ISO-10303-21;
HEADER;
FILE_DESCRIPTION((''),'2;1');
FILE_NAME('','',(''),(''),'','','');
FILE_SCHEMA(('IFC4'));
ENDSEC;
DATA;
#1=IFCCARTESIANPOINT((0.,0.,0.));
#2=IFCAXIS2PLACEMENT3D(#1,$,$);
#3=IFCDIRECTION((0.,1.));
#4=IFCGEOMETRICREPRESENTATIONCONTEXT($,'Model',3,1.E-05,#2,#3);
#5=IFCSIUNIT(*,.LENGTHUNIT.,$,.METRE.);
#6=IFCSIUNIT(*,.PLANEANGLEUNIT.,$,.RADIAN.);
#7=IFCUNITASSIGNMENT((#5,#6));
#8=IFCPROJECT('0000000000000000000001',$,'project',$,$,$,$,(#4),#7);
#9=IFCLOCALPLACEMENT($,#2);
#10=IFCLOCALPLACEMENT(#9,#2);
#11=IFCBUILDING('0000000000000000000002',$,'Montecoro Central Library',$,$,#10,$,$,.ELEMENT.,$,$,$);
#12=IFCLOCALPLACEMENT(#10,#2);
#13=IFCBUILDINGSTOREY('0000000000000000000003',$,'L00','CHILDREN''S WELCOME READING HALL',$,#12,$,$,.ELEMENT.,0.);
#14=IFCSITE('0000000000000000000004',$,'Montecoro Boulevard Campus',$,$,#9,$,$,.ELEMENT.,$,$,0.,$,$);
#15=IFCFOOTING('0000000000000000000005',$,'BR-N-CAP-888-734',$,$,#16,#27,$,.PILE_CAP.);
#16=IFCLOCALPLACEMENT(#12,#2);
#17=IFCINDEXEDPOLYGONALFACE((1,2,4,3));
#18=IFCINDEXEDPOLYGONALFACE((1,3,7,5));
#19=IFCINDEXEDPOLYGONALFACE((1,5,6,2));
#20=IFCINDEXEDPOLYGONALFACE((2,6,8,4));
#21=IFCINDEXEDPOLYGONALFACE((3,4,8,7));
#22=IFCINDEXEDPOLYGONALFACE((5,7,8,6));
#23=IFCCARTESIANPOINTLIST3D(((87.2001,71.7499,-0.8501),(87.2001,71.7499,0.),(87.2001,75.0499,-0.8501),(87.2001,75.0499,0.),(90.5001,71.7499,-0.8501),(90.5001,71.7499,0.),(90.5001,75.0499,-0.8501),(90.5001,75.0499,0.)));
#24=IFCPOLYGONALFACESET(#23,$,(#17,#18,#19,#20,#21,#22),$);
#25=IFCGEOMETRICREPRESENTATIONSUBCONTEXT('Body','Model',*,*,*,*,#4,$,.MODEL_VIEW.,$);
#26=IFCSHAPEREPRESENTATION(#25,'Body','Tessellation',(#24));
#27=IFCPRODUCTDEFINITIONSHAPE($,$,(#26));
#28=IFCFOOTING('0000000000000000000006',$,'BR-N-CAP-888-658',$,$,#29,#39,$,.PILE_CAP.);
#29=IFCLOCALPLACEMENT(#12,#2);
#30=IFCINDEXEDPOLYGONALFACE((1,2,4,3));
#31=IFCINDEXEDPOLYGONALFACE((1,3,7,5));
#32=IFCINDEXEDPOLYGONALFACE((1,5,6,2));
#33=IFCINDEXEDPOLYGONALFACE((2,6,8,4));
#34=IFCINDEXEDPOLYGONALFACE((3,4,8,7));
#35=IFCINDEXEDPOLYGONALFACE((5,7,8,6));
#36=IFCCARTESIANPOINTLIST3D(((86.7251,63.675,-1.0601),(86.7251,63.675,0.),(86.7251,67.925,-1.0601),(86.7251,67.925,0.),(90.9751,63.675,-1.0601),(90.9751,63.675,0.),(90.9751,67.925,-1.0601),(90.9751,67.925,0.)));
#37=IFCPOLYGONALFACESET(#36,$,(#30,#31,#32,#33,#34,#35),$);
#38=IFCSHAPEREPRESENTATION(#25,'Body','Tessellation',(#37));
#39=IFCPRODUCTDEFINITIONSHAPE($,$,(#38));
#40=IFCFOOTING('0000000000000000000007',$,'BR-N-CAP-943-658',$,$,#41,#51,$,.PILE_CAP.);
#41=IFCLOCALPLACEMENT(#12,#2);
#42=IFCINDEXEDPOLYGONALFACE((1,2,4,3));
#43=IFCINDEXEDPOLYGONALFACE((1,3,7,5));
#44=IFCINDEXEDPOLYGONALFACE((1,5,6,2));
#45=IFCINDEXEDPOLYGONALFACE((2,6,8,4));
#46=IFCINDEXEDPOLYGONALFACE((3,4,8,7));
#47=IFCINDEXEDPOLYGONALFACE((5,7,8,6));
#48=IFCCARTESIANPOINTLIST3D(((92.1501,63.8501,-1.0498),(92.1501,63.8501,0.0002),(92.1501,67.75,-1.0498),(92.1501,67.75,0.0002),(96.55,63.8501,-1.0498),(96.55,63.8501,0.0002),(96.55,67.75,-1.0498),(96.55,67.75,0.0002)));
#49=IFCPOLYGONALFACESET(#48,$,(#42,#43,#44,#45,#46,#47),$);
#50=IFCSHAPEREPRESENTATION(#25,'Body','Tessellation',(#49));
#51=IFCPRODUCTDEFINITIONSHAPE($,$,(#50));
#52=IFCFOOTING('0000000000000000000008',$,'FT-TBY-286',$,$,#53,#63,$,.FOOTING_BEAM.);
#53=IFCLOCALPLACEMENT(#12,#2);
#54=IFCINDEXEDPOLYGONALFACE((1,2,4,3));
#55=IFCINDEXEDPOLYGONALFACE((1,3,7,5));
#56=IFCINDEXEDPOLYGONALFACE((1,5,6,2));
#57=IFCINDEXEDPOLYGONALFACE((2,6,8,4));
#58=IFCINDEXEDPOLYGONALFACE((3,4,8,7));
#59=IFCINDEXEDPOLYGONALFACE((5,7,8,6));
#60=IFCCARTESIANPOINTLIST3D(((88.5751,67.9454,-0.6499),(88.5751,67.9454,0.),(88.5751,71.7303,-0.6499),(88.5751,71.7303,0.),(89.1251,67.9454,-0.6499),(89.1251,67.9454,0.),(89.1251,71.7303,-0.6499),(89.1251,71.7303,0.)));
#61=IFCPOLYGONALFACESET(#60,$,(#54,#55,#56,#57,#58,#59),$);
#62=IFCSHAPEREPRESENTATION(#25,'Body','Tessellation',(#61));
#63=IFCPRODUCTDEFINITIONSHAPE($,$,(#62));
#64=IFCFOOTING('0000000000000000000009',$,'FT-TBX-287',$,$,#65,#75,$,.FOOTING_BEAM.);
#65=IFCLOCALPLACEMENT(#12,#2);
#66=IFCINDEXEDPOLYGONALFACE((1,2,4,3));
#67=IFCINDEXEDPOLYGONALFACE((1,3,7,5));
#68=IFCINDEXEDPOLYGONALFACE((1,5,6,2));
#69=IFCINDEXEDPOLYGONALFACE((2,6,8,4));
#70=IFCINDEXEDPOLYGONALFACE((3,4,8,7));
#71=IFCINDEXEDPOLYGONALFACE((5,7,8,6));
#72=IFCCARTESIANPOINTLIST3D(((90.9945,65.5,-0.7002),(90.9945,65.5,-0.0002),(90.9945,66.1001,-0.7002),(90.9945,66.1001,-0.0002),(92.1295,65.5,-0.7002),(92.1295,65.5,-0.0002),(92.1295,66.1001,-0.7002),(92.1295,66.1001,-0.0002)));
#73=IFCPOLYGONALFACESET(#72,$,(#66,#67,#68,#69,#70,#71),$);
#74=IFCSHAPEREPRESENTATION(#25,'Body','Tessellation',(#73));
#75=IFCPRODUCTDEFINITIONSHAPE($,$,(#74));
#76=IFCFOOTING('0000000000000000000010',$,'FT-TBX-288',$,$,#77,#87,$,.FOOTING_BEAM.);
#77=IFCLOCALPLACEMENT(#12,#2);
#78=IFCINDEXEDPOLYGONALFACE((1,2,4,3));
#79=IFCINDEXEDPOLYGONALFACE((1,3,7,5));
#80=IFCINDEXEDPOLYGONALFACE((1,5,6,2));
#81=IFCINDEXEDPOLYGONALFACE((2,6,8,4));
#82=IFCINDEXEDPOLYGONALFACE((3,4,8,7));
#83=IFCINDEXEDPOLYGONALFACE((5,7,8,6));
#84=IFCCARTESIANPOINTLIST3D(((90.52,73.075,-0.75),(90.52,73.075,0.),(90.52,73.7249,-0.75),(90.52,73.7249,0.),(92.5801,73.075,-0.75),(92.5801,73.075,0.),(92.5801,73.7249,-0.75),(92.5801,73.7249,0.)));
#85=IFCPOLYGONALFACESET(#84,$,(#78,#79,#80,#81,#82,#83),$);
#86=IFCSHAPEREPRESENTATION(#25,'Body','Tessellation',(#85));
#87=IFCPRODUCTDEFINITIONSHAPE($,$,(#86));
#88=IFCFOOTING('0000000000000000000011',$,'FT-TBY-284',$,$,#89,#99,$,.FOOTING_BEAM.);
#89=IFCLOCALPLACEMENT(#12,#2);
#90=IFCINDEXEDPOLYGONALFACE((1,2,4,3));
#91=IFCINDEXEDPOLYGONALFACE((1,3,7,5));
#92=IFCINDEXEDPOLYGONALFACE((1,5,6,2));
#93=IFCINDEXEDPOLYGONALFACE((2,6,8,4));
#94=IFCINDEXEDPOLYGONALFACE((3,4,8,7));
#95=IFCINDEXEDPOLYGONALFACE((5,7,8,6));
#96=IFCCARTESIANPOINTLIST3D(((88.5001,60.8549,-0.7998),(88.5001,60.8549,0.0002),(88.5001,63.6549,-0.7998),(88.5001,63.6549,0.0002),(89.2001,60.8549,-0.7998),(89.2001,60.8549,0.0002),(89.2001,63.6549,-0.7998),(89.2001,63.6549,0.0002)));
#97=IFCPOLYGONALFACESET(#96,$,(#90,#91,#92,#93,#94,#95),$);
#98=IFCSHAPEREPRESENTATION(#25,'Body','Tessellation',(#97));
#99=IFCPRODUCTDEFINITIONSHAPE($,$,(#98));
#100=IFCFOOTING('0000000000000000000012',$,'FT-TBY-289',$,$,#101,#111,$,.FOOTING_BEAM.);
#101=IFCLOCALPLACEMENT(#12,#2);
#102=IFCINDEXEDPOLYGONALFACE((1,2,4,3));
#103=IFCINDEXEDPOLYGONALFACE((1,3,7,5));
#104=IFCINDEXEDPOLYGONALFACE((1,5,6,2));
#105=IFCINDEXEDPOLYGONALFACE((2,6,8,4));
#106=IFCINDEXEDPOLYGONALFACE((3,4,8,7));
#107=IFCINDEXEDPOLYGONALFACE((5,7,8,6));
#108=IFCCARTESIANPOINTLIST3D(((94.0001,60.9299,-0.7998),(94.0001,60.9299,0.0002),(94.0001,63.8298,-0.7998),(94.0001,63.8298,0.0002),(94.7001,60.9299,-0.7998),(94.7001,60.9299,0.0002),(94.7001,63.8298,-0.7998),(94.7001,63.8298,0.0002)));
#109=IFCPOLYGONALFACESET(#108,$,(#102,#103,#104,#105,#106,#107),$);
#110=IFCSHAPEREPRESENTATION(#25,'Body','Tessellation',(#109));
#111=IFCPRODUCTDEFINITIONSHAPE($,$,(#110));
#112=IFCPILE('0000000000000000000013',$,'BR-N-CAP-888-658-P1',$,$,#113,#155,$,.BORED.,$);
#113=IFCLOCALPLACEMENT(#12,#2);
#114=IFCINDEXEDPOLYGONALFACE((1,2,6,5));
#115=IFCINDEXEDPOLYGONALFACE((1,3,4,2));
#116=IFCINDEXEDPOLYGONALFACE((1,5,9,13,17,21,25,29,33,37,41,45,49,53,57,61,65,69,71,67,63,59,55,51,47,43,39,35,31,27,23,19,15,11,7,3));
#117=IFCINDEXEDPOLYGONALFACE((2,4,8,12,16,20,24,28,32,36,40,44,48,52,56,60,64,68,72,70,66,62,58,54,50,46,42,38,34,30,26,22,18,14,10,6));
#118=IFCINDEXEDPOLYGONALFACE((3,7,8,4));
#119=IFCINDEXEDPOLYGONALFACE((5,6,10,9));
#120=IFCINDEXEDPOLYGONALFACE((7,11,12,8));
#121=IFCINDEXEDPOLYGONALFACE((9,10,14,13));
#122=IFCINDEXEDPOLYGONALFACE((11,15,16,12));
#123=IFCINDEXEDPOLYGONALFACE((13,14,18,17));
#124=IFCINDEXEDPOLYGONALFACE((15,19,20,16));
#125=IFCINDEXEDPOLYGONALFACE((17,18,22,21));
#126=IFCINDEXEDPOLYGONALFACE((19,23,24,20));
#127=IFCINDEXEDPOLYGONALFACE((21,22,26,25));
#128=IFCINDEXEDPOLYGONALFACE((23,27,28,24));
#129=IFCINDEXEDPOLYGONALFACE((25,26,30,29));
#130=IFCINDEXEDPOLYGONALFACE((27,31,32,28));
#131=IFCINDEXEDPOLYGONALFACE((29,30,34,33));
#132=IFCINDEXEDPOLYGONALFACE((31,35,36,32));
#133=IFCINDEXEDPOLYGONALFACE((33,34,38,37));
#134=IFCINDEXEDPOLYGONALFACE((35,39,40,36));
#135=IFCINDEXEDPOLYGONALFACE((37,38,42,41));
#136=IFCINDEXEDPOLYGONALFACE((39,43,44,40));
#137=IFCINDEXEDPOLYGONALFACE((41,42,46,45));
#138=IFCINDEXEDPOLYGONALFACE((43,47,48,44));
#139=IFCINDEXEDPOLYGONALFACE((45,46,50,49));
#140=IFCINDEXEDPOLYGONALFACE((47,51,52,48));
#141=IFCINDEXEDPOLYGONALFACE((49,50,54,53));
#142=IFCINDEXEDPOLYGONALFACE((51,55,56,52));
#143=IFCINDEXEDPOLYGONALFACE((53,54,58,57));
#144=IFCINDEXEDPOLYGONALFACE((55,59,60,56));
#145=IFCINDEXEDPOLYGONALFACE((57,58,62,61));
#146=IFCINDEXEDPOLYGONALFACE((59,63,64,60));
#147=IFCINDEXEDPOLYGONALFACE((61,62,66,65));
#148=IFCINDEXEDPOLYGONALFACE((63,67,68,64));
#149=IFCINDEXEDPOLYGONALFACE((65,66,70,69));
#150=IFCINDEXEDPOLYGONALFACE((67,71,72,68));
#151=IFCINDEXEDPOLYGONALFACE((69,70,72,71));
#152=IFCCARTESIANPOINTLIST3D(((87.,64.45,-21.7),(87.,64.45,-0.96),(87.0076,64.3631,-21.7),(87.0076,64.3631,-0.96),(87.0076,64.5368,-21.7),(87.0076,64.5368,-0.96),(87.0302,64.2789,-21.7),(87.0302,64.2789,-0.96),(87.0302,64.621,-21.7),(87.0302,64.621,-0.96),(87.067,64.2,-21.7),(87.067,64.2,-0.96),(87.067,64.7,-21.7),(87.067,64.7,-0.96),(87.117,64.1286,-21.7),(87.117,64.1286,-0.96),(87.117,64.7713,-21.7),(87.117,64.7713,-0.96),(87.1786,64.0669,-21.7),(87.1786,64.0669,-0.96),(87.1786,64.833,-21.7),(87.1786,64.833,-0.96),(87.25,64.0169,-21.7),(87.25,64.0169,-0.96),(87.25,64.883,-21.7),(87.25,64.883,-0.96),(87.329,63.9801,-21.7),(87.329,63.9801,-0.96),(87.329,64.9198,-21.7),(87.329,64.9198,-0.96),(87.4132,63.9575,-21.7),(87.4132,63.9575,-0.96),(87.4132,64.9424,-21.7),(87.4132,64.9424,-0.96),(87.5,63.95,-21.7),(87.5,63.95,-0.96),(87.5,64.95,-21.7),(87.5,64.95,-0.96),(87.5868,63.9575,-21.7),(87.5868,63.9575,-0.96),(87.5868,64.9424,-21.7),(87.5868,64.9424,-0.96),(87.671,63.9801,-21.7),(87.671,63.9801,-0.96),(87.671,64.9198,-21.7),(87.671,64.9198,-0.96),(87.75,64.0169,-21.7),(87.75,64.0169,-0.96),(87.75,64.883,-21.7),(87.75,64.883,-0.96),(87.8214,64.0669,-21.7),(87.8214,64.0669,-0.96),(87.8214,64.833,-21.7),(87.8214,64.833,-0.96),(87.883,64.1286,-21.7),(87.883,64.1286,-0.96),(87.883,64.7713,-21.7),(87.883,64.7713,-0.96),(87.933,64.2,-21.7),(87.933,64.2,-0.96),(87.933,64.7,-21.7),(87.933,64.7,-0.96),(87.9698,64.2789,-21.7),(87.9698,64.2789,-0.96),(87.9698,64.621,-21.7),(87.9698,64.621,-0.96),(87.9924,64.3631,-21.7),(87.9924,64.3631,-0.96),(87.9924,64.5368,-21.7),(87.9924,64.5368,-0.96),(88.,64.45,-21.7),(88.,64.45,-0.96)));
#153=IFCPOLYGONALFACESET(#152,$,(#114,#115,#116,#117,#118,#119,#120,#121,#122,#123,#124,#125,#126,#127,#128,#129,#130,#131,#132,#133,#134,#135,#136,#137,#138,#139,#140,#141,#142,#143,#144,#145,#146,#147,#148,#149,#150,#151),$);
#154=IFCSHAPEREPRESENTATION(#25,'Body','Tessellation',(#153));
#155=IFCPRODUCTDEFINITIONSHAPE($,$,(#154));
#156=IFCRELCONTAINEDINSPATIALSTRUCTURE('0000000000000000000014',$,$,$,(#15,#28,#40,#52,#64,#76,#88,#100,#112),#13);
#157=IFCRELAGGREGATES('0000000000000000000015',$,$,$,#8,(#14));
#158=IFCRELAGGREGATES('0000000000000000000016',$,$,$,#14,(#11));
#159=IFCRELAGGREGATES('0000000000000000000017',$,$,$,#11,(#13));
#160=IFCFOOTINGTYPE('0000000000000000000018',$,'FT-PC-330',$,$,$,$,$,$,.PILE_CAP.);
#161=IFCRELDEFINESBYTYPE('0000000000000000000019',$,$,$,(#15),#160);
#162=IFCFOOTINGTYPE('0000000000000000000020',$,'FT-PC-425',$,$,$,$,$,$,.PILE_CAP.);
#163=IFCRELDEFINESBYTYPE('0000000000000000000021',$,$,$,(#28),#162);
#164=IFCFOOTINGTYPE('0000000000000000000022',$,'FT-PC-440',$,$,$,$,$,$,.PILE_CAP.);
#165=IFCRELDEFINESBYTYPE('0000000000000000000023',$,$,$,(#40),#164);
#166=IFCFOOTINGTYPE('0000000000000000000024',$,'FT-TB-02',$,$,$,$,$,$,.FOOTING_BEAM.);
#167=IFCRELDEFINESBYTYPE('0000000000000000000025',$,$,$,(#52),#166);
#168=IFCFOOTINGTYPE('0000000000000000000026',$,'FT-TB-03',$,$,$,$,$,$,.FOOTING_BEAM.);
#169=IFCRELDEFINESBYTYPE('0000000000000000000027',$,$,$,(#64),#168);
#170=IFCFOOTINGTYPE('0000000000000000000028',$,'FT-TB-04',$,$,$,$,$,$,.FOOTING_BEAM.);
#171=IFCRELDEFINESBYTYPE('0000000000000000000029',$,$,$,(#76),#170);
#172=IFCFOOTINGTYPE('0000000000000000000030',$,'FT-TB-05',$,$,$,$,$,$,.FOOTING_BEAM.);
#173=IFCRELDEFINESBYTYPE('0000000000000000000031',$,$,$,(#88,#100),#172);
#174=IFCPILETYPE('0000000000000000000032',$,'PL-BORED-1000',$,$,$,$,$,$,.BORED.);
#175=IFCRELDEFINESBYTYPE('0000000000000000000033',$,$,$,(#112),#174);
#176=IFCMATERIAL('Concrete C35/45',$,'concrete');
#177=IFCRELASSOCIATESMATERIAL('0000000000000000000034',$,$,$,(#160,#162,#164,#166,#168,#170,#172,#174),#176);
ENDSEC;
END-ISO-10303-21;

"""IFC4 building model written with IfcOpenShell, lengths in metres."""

from ifc_helpers import new_model, si_unit, direction, frame, origin, origin_2d, place, context, subcontext, project, spatial, rectangle, circle, extrude, material, material_profile, profile_set, type_object, element, save


model = new_model("IFC4")

# Units and contexts
model_context = context("Model", 3, precision=1e-05, world=origin(), true_north=direction((0.0, 1.0)))
body_context = subcontext(model_context, "Body", "Model", "MODEL_VIEW")
ifc_project = project(units=[si_unit("LENGTHUNIT", "METRE"), si_unit("PLANEANGLEUNIT", "RADIAN")], contexts=[model_context])

# Site, building, storey
site_placement = place(None, origin())
site = spatial("IfcSite", under=ifc_project, at=site_placement, Name="Montecoro Boulevard Campus", CompositionType="ELEMENT", RefElevation=0.0)
building_placement = place(site_placement, origin())
building = spatial("IfcBuilding", under=site, at=building_placement, Name="Montecoro Central Library", CompositionType="ELEMENT")
storey_placement = place(building_placement, origin())
storey = spatial("IfcBuildingStorey", under=building, at=storey_placement, Name="L00", Description="CHILDREN'S WELCOME READING HALL", CompositionType="ELEMENT", Elevation=0.0)

# Footings
ifc_material_1 = material(Name="Concrete C35/45", Category="concrete")
footing_type_1 = type_object("IfcFootingType", Name="FT-PC-330", PredefinedType="PILE_CAP", material=ifc_material_1)
footing_1_placement = place(storey_placement, frame((88.8501, 73.3999, -0.8501), z_axis=(0.0, 0.0, 1.0), x_axis=(1.0, 0.0, 0.0)))
element("IfcFooting", 1, at=footing_1_placement, inside=storey, type_object=footing_type_1, Name="BR-N-CAP-888-734", PredefinedType="PILE_CAP", context=body_context, shape_type="SweptSolid", body=[
    extrude(rectangle(XDim=3.3, YDim=3.3, at=origin_2d()), origin(), (0.0, 0.0, 1.0), 0.8501),
])
footing_type_2 = type_object("IfcFootingType", Name="FT-PC-425", PredefinedType="PILE_CAP", material=ifc_material_1)
footing_2_placement = place(storey_placement, frame((88.8501, 65.8, -1.0601), z_axis=(0.0, 0.0, 1.0), x_axis=(1.0, 0.0, 0.0)))
element("IfcFooting", 2, at=footing_2_placement, inside=storey, type_object=footing_type_2, Name="BR-N-CAP-888-658", PredefinedType="PILE_CAP", context=body_context, shape_type="SweptSolid", body=[
    extrude(rectangle(XDim=4.25, YDim=4.25, at=origin_2d()), origin(), (0.0, 0.0, 1.0), 1.0601),
])
footing_type_3 = type_object("IfcFootingType", Name="FT-PC-440", PredefinedType="PILE_CAP", material=ifc_material_1)
footing_3_placement = place(storey_placement, frame((94.3501, 65.8, -1.0498), z_axis=(0.0, 0.0, 1.0), x_axis=(1.0, 0.0, 0.0)))
element("IfcFooting", 3, at=footing_3_placement, inside=storey, type_object=footing_type_3, Name="BR-N-CAP-943-658", PredefinedType="PILE_CAP", context=body_context, shape_type="SweptSolid", body=[
    extrude(rectangle(XDim=4.3999, YDim=3.8999, at=origin_2d()), origin(), (0.0, 0.0, 1.0), 1.05),
])
footing_type_4 = type_object("IfcFootingType", Name="FT-TB-02", PredefinedType="FOOTING_BEAM", material=ifc_material_1)
footing_4_placement = place(storey_placement, frame((88.8501, 69.8379, -0.6499), z_axis=(0.0, 0.0, 1.0), x_axis=(1.0, 0.0, 0.0)))
element("IfcFooting", 4, at=footing_4_placement, inside=storey, type_object=footing_type_4, Name="FT-TBY-286", PredefinedType="FOOTING_BEAM", context=body_context, shape_type="SweptSolid", body=[
    extrude(rectangle(XDim=0.55, YDim=3.7849, at=origin_2d()), origin(), (0.0, 0.0, 1.0), 0.6499),
])
footing_type_5 = type_object("IfcFootingType", Name="FT-TB-03", PredefinedType="FOOTING_BEAM", material=ifc_material_1)
footing_5_placement = place(storey_placement, frame((91.562, 65.8, -0.7002), z_axis=(0.0, 0.0, 1.0), x_axis=(1.0, 0.0, 0.0)))
element("IfcFooting", 5, at=footing_5_placement, inside=storey, type_object=footing_type_5, Name="FT-TBX-287", PredefinedType="FOOTING_BEAM", context=body_context, shape_type="SweptSolid", body=[
    extrude(rectangle(XDim=1.135, YDim=0.6001, at=origin_2d()), origin(), (0.0, 0.0, 1.0), 0.7),
])
footing_type_6 = type_object("IfcFootingType", Name="FT-TB-04", PredefinedType="FOOTING_BEAM", material=ifc_material_1)
footing_6_placement = place(storey_placement, frame((91.55, 73.3999, -0.75), z_axis=(0.0, 0.0, 1.0), x_axis=(1.0, 0.0, 0.0)))
element("IfcFooting", 6, at=footing_6_placement, inside=storey, type_object=footing_type_6, Name="FT-TBX-288", PredefinedType="FOOTING_BEAM", context=body_context, shape_type="SweptSolid", body=[
    extrude(rectangle(XDim=2.0601, YDim=0.6499, at=origin_2d()), origin(), (0.0, 0.0, 1.0), 0.75),
])
footing_type_7 = type_object("IfcFootingType", Name="FT-TB-05", PredefinedType="FOOTING_BEAM", material=ifc_material_1)
footing_7_placement = place(storey_placement, frame((88.8501, 62.2549, -0.7998), z_axis=(0.0, 0.0, 1.0), x_axis=(1.0, 0.0, 0.0)))
element("IfcFooting", 7, at=footing_7_placement, inside=storey, type_object=footing_type_7, Name="FT-TBY-284", PredefinedType="FOOTING_BEAM", context=body_context, shape_type="SweptSolid", body=[
    extrude(rectangle(XDim=0.7, YDim=2.8, at=origin_2d()), origin(), (0.0, 0.0, 1.0), 0.8),
])
footing_8_placement = place(storey_placement, frame((94.3501, 62.3799, -0.7998), z_axis=(0.0, 0.0, 1.0), x_axis=(1.0, 0.0, 0.0)))
element("IfcFooting", 8, at=footing_8_placement, inside=storey, type_object=footing_type_7, Name="FT-TBY-289", PredefinedType="FOOTING_BEAM", context=body_context, shape_type="SweptSolid", body=[
    extrude(rectangle(XDim=0.7, YDim=2.8999, at=origin_2d()), origin(), (0.0, 0.0, 1.0), 0.8),
])

# Pile
ifc_material_profile_1 = material_profile(ifc_material_1, circle(Radius=0.5, at=origin_2d()), Name="PILE D1000")
ifc_profile_set_1 = profile_set([ifc_material_profile_1], Name="Concrete C35/45")
pile_type_1 = type_object("IfcPileType", Name="PL-BORED-1000", PredefinedType="BORED", material=ifc_profile_set_1)
for number, where, z_axis, x_axis, name in (
    (9, (87.5, 64.45, -0.96), (0.0, 0.0, -1.0), (1.0, 0.0, 0.0), "BR-N-CAP-888-658-P1"),
):
    element("IfcPile", number, at=place(storey_placement, frame(where, z_axis=z_axis, x_axis=x_axis)), inside=storey, type_object=pile_type_1, Name=name, PredefinedType="BORED", context=body_context, shape_type="SweptSolid", body=[
        extrude(circle(Radius=0.5, at=origin_2d()), origin(), (0.0, 0.0, 1.0), 20.74),
    ])

save(model, "model.ifc")
